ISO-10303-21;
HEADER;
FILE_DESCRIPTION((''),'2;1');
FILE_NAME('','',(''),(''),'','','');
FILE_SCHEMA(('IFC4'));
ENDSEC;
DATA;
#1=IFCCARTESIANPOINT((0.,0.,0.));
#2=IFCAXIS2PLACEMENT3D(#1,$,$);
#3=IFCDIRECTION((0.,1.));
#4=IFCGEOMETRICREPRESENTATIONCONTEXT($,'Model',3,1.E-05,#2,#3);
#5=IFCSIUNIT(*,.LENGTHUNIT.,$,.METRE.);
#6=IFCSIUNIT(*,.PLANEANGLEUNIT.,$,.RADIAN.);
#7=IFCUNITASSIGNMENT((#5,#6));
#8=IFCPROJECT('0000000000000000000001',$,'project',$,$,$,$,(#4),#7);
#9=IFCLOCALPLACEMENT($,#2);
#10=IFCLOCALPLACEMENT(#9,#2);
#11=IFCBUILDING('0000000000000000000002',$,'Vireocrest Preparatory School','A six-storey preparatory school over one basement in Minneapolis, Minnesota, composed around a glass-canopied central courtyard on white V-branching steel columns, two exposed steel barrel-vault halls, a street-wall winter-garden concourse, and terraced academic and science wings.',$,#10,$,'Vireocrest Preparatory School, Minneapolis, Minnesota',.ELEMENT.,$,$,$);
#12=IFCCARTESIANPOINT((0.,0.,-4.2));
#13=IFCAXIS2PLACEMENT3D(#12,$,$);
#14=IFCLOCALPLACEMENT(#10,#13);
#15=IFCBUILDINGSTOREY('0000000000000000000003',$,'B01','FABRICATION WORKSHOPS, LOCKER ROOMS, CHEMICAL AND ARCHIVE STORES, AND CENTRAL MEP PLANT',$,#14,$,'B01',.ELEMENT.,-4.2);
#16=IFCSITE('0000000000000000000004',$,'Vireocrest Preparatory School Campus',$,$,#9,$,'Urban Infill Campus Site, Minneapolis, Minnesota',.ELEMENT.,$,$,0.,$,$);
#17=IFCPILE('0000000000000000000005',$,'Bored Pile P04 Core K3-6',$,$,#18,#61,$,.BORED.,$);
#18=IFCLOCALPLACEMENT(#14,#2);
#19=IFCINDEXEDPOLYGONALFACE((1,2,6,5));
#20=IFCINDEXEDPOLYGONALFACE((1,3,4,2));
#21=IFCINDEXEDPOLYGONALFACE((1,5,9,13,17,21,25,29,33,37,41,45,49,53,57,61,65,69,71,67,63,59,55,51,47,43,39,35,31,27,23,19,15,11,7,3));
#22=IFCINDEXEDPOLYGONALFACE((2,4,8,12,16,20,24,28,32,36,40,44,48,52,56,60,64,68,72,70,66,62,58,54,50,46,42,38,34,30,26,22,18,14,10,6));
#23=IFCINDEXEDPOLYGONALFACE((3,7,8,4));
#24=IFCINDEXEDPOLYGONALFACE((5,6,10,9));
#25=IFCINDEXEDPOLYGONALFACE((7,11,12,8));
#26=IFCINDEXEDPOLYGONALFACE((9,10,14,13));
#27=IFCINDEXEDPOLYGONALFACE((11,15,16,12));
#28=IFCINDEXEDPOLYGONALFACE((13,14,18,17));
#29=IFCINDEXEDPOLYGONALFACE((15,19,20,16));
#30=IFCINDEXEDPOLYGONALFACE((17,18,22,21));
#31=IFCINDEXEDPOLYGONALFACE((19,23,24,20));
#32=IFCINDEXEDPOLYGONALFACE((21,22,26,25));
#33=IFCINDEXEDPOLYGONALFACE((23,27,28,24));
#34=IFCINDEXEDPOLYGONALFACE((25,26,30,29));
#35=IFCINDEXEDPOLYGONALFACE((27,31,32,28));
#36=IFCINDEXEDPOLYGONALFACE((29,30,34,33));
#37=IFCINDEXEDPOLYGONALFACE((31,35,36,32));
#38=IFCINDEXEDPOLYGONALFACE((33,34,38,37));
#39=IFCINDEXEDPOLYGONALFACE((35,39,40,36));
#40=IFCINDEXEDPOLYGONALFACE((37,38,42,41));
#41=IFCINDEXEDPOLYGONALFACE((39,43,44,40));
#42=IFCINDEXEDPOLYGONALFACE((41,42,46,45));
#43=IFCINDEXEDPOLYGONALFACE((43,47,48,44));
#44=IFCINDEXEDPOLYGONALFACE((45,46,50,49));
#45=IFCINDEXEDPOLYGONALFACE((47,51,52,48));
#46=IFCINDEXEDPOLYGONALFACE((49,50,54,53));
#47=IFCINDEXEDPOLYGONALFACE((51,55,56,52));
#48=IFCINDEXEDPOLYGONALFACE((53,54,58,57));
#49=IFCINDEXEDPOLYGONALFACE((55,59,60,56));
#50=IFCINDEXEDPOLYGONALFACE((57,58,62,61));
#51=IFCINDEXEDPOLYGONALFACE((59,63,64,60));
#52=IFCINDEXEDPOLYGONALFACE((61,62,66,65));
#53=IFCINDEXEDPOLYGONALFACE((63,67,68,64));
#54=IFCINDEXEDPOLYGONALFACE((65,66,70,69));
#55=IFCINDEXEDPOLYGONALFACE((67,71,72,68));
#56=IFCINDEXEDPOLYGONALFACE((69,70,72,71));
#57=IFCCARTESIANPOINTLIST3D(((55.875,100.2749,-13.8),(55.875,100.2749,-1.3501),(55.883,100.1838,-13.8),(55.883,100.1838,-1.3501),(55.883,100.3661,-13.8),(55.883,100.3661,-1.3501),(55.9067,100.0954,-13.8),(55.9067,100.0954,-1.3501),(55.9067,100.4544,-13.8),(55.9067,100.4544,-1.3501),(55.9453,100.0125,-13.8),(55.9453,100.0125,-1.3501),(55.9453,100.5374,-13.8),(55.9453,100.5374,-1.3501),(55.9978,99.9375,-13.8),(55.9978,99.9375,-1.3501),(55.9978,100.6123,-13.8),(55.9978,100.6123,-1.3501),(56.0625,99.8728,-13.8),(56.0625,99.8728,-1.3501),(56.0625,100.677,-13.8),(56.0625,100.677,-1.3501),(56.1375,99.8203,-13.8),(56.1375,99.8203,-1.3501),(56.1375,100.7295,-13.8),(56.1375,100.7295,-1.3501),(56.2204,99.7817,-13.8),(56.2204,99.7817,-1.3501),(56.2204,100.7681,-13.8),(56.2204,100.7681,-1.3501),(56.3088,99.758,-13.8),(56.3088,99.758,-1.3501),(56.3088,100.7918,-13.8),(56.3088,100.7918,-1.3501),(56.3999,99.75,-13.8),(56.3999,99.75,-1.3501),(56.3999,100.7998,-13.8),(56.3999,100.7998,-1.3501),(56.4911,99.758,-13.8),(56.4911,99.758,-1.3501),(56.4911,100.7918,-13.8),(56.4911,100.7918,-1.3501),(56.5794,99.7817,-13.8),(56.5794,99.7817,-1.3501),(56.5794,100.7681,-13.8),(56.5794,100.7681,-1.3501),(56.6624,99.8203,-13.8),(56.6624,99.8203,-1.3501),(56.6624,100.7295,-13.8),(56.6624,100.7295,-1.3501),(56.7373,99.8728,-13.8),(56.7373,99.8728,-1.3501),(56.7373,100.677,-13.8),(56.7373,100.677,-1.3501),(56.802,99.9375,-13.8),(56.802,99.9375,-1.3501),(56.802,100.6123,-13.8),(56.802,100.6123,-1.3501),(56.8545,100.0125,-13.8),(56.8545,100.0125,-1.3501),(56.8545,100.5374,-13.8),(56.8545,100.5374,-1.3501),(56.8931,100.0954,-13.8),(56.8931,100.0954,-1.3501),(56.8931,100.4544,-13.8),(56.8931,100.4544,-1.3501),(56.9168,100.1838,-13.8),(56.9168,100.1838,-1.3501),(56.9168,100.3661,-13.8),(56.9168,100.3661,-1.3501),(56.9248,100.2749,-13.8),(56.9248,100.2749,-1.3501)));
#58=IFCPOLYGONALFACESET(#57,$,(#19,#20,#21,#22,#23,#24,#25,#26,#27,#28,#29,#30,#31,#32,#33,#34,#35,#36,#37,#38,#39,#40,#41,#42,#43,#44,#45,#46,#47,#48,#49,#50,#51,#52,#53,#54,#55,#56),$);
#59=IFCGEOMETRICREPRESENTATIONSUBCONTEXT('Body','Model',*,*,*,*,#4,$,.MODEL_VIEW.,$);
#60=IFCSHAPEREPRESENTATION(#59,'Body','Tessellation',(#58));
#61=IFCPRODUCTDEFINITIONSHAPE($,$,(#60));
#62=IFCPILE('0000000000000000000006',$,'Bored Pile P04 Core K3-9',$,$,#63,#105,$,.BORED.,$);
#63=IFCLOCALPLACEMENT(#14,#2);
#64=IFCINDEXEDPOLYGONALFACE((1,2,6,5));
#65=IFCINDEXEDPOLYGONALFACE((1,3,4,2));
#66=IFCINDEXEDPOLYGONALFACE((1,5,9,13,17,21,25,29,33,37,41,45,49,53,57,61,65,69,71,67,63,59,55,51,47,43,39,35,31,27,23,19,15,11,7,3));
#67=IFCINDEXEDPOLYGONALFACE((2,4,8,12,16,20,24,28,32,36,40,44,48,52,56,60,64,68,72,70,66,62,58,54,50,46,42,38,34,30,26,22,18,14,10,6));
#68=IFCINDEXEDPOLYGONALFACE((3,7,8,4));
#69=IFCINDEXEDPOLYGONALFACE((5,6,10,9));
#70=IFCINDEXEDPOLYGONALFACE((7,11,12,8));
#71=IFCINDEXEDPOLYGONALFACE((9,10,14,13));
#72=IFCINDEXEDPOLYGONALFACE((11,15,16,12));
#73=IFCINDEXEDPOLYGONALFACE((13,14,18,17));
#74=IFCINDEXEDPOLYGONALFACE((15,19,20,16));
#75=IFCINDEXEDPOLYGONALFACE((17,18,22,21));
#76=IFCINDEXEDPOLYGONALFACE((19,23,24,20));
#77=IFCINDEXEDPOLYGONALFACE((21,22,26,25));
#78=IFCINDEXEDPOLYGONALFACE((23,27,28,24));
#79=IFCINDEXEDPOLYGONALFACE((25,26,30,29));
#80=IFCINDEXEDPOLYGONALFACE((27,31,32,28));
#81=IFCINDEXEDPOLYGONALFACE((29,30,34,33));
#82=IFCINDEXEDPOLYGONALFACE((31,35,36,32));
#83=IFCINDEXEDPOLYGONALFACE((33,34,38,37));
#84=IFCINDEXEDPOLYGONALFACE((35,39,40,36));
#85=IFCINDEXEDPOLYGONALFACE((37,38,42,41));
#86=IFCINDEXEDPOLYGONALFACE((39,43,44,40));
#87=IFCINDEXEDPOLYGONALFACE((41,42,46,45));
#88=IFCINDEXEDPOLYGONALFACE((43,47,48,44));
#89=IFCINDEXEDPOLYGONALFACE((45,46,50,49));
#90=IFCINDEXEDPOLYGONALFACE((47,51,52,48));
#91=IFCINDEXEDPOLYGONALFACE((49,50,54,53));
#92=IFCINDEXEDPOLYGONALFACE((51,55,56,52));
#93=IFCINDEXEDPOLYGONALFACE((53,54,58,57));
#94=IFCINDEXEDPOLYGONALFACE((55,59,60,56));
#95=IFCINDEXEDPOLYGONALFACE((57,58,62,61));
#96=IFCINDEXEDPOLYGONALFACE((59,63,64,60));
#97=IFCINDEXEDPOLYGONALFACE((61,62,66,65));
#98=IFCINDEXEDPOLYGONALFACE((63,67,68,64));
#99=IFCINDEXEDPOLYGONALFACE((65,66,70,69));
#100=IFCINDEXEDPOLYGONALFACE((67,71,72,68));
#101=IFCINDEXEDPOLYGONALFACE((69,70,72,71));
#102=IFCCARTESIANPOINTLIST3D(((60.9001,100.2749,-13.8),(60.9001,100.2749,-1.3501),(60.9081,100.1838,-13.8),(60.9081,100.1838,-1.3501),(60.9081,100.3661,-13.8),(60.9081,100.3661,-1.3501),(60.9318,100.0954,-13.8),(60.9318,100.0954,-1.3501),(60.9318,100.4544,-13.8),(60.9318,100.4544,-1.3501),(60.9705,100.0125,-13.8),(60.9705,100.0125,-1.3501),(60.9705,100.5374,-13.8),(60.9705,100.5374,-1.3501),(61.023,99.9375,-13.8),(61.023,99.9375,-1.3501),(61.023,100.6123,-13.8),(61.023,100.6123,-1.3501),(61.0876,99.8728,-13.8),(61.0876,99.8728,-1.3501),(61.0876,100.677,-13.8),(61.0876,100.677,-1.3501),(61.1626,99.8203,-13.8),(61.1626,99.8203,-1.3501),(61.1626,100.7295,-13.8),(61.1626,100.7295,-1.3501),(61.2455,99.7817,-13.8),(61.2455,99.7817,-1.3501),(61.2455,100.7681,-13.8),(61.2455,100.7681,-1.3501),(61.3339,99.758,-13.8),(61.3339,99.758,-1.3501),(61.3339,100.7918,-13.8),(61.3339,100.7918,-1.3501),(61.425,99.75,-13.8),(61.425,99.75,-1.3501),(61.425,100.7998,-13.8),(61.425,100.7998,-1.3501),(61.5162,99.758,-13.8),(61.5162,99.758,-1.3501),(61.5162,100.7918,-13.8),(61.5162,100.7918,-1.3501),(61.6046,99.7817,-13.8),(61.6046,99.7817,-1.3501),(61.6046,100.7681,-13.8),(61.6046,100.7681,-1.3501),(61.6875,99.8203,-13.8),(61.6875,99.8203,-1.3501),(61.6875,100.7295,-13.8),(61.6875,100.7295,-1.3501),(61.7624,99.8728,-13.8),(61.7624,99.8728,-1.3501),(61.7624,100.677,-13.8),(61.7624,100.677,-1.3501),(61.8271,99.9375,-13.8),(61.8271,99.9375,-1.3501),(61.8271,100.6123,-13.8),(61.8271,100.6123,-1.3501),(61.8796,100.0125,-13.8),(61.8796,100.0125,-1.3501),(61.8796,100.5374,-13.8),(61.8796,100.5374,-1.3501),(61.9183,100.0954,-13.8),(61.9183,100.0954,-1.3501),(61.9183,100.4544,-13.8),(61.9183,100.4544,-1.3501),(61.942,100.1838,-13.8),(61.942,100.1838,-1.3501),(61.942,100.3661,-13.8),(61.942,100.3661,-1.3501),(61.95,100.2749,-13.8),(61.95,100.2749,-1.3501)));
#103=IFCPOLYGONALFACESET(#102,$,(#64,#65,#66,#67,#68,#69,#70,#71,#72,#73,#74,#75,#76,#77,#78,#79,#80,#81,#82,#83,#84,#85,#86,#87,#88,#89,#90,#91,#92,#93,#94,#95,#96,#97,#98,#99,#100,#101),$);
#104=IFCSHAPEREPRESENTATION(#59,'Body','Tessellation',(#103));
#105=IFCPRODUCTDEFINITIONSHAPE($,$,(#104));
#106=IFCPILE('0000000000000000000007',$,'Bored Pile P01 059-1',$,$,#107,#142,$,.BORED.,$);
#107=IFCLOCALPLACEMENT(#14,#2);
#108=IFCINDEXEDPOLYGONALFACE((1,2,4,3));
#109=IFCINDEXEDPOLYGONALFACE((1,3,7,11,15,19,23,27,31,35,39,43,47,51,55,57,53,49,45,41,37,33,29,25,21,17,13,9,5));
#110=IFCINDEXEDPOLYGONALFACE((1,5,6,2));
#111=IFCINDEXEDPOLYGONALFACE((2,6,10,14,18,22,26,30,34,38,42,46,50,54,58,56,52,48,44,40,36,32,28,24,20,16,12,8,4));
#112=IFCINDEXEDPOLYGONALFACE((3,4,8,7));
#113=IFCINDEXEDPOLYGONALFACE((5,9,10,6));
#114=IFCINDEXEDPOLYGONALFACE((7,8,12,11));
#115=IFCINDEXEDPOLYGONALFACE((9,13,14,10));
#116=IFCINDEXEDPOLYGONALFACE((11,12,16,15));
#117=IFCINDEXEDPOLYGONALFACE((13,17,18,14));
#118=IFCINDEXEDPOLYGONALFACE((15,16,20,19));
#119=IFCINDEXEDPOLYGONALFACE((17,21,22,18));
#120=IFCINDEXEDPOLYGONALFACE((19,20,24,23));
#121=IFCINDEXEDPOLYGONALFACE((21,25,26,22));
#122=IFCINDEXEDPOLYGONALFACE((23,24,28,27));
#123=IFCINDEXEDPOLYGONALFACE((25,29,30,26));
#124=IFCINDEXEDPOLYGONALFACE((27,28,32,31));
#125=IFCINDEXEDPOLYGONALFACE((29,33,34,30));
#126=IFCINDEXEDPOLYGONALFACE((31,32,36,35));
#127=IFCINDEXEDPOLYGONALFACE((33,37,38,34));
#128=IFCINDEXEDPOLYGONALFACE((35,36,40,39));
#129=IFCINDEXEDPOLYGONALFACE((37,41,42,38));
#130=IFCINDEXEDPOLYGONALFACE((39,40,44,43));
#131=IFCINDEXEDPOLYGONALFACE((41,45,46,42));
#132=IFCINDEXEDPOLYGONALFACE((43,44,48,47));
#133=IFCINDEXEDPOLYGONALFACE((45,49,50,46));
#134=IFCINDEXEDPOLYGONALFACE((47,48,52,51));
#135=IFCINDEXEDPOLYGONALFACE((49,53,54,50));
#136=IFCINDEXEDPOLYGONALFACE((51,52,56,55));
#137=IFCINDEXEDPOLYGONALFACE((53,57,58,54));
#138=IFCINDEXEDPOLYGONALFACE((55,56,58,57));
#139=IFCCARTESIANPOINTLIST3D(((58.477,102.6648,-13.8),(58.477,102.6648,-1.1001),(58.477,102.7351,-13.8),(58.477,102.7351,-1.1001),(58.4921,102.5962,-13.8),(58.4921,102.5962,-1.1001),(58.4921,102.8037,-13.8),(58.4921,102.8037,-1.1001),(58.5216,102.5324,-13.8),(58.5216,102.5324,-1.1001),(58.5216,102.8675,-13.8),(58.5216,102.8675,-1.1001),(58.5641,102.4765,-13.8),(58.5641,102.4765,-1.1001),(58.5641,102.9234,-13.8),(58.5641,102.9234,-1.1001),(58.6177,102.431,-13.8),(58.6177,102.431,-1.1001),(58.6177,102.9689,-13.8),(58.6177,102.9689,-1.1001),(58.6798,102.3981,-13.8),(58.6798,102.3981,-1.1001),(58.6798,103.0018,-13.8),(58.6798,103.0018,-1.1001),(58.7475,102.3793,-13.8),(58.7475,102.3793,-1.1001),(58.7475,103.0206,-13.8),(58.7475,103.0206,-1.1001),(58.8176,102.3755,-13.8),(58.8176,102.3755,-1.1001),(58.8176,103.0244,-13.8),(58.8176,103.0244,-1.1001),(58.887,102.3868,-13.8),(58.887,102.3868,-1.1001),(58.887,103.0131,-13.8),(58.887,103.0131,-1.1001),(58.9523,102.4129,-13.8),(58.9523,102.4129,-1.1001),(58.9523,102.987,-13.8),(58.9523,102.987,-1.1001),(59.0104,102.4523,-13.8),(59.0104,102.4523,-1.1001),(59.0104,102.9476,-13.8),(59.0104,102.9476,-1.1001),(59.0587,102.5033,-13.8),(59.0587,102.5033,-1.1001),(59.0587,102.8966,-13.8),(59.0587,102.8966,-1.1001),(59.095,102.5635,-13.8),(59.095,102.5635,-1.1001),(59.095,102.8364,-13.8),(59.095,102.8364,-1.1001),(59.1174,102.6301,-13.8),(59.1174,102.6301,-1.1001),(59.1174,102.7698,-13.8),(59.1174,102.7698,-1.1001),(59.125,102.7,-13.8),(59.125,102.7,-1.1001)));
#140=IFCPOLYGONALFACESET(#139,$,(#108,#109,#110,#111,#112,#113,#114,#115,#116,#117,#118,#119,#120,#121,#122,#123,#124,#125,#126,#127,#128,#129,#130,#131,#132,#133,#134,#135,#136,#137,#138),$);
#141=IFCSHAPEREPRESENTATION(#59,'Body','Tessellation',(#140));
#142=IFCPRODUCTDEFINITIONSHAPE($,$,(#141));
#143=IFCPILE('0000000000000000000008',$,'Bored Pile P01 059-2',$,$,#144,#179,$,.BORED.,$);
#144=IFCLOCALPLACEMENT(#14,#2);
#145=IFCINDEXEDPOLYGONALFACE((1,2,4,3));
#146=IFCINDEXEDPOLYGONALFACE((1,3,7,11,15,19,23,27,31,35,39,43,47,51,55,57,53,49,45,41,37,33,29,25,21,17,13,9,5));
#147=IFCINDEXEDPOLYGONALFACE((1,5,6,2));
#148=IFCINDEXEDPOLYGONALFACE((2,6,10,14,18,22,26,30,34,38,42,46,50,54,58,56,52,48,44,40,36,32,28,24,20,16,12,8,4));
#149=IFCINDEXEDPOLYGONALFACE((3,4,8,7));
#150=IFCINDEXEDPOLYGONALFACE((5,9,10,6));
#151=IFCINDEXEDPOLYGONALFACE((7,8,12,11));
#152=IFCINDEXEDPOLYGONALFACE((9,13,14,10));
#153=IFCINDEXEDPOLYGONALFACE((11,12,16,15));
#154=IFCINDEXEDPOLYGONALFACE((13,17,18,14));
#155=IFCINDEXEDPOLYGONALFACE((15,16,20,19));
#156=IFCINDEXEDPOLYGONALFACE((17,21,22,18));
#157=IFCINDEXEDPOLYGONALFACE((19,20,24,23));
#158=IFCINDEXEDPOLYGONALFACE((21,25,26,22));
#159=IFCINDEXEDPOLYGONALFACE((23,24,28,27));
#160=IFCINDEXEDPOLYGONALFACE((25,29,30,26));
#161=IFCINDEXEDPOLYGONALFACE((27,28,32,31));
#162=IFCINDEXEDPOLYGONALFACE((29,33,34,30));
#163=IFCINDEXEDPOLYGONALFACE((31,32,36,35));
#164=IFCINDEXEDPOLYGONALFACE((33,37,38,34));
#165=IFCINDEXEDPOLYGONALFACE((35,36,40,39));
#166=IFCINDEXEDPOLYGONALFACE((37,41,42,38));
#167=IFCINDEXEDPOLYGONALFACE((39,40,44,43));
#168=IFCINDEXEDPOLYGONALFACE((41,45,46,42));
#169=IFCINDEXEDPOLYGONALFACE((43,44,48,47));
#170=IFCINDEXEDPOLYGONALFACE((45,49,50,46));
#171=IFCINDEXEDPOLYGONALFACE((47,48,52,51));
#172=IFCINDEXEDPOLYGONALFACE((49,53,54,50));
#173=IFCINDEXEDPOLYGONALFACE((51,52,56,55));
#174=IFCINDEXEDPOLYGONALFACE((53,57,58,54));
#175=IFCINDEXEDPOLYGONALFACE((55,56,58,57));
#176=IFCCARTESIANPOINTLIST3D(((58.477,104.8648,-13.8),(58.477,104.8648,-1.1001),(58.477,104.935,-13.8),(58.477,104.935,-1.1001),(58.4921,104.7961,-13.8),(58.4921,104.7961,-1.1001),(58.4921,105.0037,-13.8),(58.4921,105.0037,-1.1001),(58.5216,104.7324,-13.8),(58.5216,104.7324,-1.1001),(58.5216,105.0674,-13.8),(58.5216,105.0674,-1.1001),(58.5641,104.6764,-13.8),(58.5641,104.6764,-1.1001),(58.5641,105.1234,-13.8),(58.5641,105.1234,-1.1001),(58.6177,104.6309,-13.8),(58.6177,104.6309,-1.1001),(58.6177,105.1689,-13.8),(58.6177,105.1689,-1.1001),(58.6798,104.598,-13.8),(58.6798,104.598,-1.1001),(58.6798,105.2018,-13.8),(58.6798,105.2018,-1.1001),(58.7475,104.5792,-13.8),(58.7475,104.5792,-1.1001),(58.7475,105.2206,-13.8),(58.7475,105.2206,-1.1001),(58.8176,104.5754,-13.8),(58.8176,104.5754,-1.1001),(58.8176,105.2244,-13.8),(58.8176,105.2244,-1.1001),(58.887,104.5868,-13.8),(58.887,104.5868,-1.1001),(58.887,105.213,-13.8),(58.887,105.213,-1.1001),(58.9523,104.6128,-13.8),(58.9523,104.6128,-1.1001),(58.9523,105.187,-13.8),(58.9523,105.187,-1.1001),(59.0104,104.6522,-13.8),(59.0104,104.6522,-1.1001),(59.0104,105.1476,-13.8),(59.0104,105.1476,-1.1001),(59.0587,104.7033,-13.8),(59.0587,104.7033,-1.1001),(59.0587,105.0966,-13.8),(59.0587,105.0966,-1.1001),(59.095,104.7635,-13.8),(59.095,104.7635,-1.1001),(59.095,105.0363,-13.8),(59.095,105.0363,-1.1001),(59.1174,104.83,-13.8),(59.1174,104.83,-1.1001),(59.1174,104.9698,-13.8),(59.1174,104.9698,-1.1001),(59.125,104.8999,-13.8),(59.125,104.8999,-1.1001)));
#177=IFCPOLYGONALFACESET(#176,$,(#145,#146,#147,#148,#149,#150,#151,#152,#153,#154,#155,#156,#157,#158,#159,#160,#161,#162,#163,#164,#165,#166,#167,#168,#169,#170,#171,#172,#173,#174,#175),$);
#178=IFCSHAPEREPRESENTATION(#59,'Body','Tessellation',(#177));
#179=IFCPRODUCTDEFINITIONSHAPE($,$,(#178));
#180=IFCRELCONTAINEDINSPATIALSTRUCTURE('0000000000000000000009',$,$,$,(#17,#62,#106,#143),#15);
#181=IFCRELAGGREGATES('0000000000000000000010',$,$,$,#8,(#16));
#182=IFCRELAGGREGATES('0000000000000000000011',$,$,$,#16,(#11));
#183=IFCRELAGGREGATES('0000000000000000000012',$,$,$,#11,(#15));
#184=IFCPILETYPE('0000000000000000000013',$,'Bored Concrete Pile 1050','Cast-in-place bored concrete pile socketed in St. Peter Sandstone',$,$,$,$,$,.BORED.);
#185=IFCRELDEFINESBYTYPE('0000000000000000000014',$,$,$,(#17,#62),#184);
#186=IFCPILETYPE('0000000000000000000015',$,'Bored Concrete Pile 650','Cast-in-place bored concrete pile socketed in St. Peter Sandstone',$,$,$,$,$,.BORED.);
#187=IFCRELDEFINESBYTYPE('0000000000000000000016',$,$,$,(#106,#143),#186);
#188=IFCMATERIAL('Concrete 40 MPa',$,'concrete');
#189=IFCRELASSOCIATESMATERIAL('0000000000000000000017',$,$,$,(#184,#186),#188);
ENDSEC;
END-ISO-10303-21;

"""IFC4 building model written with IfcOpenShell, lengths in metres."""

from ifc_helpers import new_model, si_unit, direction, frame, origin, origin_2d, place, context, subcontext, project, spatial, circle, extrude, material, material_profile, profile_set, type_object, element, save


model = new_model("IFC4")

# Units and contexts
model_context = context("Model", 3, precision=1e-05, world=origin(), true_north=direction((0.0, 1.0)))
body_context = subcontext(model_context, "Body", "Model", "MODEL_VIEW")
ifc_project = project(units=[si_unit("LENGTHUNIT", "METRE"), si_unit("PLANEANGLEUNIT", "RADIAN")], contexts=[model_context])

# Site, building, storey
site_placement = place(None, origin())
site = spatial("IfcSite", under=ifc_project, at=site_placement, Name="Vireocrest Preparatory School Campus", LongName="Urban Infill Campus Site, Minneapolis, Minnesota", CompositionType="ELEMENT", RefElevation=0.0)
building_placement = place(site_placement, origin())
building = spatial("IfcBuilding", under=site, at=building_placement, Name="Vireocrest Preparatory School", Description="A six-storey preparatory school over one basement in Minneapolis, Minnesota, composed around a glass-canopied central courtyard on white V-branching steel columns, two exposed steel barrel-vault halls, a street-wall winter-garden concourse, and terraced academic and science wings.", LongName="Vireocrest Preparatory School, Minneapolis, Minnesota", CompositionType="ELEMENT")
storey_placement = place(building_placement, frame((0.0, 0.0, -4.2)))
storey = spatial("IfcBuildingStorey", under=building, at=storey_placement, Name="B01", Description="FABRICATION WORKSHOPS, LOCKER ROOMS, CHEMICAL AND ARCHIVE STORES, AND CENTRAL MEP PLANT", LongName="B01", CompositionType="ELEMENT", Elevation=-4.2)

# Piles
ifc_material_1 = material(Name="Concrete 40 MPa", Category="concrete")
ifc_material_profile_1 = material_profile(ifc_material_1, circle(Radius=0.5249, at=origin_2d()), Name="BORED PILE 1050")
ifc_profile_set_1 = profile_set([ifc_material_profile_1], Name="Concrete 40 MPa")
pile_type_1 = type_object("IfcPileType", Name="Bored Concrete Pile 1050", Description="Cast-in-place bored concrete pile socketed in St. Peter Sandstone", PredefinedType="BORED", material=ifc_profile_set_1)
for number, where, z_axis, x_axis, name in (
    (1, (56.3999, 100.2749, -1.3501), (0.0, 0.0, -1.0), (1.0, 0.0, 0.0), "Bored Pile P04 Core K3-6"),
    (2, (61.425, 100.2749, -1.3501), (0.0, 0.0, -1.0), (1.0, 0.0, 0.0), "Bored Pile P04 Core K3-9"),
):
    element("IfcPile", number, at=place(storey_placement, frame(where, z_axis=z_axis, x_axis=x_axis)), inside=storey, type_object=pile_type_1, Name=name, PredefinedType="BORED", context=body_context, shape_type="SweptSolid", body=[
        extrude(circle(Radius=0.5249, at=origin_2d()), origin(), (0.0, 0.0, 1.0), 12.45),
    ])
ifc_material_profile_2 = material_profile(ifc_material_1, circle(Radius=0.325, at=origin_2d()), Name="BORED PILE 650")
ifc_profile_set_2 = profile_set([ifc_material_profile_2], Name="Concrete 40 MPa")
pile_type_2 = type_object("IfcPileType", Name="Bored Concrete Pile 650", Description="Cast-in-place bored concrete pile socketed in St. Peter Sandstone", PredefinedType="BORED", material=ifc_profile_set_2)
for number, where, z_axis, x_axis, name in (
    (3, (58.8, 102.7, -1.1001), (0.0, 0.0, -1.0), (1.0, 0.0, 0.0), "Bored Pile P01 059-1"),
    (4, (58.8, 104.8999, -1.1001), (0.0, 0.0, -1.0), (1.0, 0.0, 0.0), "Bored Pile P01 059-2"),
):
    element("IfcPile", number, at=place(storey_placement, frame(where, z_axis=z_axis, x_axis=x_axis)), inside=storey, type_object=pile_type_2, Name=name, PredefinedType="BORED", context=body_context, shape_type="SweptSolid", body=[
        extrude(circle(Radius=0.325, at=origin_2d()), origin(), (0.0, 0.0, 1.0), 12.7),
    ])

save(model, "model.ifc")
